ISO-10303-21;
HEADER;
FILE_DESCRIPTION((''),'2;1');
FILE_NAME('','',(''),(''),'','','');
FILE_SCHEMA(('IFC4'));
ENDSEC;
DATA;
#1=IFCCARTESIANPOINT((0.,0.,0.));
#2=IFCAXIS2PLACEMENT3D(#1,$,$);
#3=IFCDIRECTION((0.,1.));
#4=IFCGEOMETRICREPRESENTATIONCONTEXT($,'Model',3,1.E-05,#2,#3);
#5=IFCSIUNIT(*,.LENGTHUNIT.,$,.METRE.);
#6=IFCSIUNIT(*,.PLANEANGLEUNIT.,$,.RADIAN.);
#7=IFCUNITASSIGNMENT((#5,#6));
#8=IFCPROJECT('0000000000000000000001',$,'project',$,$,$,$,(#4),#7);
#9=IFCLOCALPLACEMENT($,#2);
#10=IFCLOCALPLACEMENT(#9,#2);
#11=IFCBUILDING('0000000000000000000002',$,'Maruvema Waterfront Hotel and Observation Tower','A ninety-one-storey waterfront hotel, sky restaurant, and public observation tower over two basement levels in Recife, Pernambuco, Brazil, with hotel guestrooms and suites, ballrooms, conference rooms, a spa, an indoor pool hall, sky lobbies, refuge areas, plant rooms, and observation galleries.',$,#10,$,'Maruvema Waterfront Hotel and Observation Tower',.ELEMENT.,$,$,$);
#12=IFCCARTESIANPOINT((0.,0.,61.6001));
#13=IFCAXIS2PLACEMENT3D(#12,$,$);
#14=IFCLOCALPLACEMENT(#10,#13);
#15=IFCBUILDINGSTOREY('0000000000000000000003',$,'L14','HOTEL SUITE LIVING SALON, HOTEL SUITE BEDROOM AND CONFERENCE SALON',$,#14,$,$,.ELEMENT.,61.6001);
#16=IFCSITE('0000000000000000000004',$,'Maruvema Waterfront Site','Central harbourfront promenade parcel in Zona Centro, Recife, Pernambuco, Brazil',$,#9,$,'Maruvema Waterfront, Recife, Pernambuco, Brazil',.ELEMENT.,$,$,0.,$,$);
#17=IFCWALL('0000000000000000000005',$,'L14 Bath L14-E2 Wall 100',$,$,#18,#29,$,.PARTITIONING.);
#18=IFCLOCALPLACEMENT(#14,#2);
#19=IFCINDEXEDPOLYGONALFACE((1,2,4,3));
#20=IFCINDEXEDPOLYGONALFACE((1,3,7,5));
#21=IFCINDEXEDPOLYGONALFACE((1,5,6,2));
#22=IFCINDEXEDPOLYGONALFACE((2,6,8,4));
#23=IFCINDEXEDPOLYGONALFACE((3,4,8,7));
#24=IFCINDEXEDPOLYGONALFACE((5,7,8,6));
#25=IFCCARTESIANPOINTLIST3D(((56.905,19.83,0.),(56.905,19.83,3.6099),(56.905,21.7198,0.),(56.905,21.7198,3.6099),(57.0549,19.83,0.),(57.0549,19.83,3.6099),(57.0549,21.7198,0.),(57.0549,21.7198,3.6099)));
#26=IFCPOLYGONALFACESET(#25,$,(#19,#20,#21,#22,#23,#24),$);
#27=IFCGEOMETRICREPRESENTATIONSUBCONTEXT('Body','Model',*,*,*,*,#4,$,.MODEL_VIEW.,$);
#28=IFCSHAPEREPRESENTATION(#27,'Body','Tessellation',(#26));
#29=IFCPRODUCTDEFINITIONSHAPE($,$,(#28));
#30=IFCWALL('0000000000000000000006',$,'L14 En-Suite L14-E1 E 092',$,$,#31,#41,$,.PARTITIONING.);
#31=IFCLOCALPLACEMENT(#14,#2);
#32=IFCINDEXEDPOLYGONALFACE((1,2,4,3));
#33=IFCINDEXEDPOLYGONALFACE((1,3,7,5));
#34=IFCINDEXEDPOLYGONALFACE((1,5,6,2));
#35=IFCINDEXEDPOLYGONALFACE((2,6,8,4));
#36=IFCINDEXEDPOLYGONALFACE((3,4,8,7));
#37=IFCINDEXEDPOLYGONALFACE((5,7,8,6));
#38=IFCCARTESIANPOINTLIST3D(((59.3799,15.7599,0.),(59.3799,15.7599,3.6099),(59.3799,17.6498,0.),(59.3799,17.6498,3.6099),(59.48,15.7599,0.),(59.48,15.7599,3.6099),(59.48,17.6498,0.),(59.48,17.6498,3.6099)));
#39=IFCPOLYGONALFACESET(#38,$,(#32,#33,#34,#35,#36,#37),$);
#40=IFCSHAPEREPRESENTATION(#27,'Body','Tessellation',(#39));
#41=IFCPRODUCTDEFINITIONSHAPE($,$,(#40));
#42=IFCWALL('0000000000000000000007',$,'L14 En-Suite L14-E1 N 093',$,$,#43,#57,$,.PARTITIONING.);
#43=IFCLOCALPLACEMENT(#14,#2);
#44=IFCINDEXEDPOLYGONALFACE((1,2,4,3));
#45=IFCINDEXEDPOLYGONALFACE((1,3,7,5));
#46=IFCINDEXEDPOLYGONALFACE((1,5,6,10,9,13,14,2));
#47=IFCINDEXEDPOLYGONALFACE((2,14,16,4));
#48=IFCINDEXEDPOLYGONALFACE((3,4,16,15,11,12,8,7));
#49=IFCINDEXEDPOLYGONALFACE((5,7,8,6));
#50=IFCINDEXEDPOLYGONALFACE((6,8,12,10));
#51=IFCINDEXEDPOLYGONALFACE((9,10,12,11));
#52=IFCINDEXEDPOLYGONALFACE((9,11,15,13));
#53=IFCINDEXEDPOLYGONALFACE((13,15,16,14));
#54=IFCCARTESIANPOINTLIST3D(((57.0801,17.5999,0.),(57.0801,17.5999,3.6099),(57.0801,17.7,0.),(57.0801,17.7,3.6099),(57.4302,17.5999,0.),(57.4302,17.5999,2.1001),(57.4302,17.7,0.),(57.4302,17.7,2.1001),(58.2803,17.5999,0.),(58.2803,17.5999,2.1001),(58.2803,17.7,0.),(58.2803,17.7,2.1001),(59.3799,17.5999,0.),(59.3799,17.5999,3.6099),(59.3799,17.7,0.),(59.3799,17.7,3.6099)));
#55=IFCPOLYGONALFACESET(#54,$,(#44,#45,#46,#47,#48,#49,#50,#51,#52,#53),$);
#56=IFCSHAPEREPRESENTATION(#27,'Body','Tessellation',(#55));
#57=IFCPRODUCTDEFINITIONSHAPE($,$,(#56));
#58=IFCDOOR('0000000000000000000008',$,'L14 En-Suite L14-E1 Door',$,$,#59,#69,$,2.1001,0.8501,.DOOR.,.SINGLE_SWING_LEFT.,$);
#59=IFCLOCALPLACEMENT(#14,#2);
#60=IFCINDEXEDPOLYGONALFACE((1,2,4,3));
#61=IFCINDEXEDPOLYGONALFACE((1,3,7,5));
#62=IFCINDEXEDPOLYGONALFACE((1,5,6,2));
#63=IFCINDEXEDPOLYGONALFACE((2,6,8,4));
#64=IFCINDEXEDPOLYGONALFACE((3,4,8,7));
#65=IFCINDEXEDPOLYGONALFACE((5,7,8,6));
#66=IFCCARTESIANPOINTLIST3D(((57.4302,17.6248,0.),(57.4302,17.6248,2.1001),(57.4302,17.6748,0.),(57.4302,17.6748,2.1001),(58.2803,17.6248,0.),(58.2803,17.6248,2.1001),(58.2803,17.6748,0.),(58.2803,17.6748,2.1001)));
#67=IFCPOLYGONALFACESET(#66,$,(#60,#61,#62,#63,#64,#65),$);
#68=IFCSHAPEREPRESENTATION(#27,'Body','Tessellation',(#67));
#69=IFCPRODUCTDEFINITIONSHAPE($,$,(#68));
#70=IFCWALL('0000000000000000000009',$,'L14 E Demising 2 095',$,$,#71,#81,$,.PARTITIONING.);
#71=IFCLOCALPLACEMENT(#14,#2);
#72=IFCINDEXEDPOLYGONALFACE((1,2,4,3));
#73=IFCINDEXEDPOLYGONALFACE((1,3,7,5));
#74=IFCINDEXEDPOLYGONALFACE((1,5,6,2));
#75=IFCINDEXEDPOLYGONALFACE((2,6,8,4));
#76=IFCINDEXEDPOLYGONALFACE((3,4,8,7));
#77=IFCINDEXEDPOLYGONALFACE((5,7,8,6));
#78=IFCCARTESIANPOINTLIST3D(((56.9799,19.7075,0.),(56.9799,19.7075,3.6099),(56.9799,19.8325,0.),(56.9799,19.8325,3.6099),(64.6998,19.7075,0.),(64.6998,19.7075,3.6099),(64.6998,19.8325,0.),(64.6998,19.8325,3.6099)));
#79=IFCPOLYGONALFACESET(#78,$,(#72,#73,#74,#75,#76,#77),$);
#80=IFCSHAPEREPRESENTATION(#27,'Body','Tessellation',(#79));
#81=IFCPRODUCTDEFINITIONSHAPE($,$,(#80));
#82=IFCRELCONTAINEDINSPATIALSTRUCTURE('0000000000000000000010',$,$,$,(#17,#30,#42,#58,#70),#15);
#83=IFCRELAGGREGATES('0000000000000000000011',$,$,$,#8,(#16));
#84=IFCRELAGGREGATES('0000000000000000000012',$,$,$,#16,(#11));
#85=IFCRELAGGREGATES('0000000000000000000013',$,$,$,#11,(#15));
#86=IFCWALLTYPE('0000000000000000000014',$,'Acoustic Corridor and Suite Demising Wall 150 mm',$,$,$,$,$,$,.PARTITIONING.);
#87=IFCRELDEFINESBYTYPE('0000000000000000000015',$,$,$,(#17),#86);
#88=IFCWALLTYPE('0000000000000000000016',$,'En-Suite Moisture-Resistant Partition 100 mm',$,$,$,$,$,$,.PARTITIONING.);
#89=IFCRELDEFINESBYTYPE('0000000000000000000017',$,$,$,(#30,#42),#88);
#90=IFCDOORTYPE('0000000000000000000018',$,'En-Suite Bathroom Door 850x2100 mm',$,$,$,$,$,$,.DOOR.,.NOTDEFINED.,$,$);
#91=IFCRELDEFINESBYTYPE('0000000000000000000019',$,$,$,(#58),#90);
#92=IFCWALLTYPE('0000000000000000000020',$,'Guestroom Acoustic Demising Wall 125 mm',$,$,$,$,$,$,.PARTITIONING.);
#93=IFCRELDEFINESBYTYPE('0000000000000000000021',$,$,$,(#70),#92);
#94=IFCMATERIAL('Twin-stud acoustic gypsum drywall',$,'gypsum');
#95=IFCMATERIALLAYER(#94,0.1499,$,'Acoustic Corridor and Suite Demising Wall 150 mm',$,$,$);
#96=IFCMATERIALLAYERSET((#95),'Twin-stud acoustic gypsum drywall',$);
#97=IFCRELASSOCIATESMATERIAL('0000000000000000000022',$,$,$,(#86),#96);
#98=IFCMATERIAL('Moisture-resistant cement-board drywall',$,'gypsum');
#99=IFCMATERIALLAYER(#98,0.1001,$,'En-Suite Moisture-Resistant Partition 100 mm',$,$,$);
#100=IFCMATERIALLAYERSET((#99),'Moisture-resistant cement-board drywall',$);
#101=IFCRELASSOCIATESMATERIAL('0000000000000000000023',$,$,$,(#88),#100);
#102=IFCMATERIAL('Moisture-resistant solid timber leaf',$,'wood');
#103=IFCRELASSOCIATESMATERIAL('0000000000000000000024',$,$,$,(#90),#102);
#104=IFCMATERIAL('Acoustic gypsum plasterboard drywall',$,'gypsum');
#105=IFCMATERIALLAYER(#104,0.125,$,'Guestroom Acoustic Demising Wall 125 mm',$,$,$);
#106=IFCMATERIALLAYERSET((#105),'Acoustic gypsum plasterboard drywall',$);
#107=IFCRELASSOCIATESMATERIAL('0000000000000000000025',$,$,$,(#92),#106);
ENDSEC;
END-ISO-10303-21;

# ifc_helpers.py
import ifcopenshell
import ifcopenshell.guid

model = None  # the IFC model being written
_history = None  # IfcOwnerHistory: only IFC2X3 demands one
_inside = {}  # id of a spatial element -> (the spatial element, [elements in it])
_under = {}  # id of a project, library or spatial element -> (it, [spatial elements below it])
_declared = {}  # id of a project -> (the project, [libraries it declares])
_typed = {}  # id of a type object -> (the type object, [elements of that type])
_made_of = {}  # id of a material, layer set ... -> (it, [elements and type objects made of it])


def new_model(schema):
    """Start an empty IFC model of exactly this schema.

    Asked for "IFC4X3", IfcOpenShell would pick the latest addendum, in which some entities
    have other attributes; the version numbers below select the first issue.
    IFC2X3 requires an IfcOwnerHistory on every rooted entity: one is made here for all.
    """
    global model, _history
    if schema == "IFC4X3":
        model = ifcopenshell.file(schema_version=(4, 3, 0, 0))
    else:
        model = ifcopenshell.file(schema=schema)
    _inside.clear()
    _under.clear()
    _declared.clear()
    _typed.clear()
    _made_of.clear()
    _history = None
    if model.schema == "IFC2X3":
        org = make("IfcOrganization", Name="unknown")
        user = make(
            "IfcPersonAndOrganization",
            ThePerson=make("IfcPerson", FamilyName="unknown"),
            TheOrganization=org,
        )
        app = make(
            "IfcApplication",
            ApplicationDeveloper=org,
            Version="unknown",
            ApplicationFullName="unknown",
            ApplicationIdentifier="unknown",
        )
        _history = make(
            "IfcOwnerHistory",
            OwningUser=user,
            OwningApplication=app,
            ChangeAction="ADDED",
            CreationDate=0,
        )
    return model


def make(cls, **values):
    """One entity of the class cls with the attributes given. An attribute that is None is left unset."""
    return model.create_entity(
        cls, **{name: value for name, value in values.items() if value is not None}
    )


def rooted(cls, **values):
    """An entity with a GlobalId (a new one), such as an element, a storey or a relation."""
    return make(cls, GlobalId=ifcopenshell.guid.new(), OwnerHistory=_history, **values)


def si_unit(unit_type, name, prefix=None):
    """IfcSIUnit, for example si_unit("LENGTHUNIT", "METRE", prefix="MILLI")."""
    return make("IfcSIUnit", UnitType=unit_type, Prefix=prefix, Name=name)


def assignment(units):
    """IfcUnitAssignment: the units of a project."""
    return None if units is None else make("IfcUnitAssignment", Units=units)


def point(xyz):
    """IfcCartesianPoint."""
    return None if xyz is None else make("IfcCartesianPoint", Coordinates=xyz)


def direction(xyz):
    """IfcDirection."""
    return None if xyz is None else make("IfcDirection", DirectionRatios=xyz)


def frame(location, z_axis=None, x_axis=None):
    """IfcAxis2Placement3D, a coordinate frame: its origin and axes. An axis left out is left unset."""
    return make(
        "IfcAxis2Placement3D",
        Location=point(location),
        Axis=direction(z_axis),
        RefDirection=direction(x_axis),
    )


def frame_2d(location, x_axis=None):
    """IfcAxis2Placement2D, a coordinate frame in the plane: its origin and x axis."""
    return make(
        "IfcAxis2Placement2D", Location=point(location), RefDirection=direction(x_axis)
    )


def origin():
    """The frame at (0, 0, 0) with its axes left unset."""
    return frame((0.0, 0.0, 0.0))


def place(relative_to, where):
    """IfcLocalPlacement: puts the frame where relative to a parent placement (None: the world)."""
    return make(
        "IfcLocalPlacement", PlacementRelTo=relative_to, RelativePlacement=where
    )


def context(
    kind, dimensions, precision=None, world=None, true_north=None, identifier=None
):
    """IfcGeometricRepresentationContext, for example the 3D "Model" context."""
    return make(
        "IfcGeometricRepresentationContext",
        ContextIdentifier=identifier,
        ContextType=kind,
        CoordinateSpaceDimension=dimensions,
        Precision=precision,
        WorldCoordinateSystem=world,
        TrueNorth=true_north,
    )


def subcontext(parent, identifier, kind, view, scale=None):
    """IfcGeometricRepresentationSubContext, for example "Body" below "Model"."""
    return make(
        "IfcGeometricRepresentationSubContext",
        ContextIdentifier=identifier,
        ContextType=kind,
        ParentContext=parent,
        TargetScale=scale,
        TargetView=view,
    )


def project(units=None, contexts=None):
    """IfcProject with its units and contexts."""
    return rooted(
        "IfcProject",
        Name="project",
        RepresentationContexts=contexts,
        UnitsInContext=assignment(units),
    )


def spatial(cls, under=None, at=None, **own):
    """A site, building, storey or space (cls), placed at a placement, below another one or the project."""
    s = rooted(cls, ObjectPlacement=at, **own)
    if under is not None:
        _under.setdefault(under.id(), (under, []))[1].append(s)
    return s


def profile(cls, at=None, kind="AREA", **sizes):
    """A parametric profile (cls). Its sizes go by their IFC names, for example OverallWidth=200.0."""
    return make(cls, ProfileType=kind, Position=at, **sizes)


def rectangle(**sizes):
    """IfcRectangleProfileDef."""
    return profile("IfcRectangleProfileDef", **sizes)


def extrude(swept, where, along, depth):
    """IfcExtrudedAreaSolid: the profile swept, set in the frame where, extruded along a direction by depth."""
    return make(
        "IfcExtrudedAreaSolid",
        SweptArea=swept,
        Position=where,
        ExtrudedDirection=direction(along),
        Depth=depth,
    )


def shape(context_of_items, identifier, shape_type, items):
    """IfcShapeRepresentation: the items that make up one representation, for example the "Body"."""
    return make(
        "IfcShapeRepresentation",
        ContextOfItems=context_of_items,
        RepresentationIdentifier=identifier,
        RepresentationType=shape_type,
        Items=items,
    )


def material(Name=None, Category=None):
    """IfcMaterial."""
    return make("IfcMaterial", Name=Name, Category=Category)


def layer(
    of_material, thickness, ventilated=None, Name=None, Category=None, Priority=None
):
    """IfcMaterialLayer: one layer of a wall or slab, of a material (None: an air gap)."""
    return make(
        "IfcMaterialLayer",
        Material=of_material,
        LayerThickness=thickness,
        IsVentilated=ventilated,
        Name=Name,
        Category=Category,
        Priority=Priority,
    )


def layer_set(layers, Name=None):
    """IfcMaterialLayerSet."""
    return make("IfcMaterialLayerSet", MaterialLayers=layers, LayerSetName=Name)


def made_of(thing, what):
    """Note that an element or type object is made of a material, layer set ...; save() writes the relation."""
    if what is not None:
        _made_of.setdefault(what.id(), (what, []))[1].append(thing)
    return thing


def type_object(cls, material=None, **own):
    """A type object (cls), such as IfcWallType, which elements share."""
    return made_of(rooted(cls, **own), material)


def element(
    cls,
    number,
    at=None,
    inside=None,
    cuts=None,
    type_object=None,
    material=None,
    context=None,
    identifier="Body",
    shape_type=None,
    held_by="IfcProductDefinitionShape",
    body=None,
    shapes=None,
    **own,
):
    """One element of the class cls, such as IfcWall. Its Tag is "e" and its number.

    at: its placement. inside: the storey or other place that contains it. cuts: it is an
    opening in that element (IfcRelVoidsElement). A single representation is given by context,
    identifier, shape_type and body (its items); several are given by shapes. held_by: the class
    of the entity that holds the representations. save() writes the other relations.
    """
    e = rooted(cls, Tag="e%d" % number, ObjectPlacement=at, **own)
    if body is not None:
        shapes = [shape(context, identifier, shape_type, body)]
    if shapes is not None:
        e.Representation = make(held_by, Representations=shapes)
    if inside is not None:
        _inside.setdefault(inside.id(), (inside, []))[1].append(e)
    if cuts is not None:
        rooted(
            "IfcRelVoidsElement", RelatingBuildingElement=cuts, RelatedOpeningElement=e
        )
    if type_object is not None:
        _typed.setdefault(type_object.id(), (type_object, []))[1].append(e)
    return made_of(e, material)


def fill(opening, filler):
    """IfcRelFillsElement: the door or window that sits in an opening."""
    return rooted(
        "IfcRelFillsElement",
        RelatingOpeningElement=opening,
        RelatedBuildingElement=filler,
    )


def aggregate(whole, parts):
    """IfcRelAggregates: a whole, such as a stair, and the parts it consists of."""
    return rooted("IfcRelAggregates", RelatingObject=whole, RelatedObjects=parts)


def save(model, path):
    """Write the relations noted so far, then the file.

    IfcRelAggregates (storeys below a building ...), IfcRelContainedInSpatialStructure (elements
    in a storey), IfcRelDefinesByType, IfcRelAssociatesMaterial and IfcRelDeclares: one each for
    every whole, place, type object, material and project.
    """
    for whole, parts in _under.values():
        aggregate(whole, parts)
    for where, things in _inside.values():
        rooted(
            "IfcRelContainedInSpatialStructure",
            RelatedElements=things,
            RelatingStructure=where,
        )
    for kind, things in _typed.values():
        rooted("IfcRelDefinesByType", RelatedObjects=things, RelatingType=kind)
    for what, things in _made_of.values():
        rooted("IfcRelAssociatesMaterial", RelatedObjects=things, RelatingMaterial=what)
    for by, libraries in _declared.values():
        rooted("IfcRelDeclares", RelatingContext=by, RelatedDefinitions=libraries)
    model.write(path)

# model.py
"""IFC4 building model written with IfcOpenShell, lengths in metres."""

from ifc_helpers import new_model, si_unit, direction, frame, frame_2d, origin, place, context, subcontext, project, spatial, rectangle, extrude, material, layer, layer_set, type_object, element, fill, save


model = new_model("IFC4")

# Units and contexts
model_context = context("Model", 3, precision=1e-05, world=origin(), true_north=direction((0.0, 1.0)))
body_context = subcontext(model_context, "Body", "Model", "MODEL_VIEW")
ifc_project = project(units=[si_unit("LENGTHUNIT", "METRE"), si_unit("PLANEANGLEUNIT", "RADIAN")], contexts=[model_context])

# Site, building, storey
site_placement = place(None, origin())
site = spatial("IfcSite", under=ifc_project, at=site_placement, Name="Maruvema Waterfront Site", Description="Central harbourfront promenade parcel in Zona Centro, Recife, Pernambuco, Brazil", LongName="Maruvema Waterfront, Recife, Pernambuco, Brazil", CompositionType="ELEMENT", RefElevation=0.0)
building_placement = place(site_placement, origin())
building = spatial("IfcBuilding", under=site, at=building_placement, Name="Maruvema Waterfront Hotel and Observation Tower", Description="A ninety-one-storey waterfront hotel, sky restaurant, and public observation tower over two basement levels in Recife, Pernambuco, Brazil, with hotel guestrooms and suites, ballrooms, conference rooms, a spa, an indoor pool hall, sky lobbies, refuge areas, plant rooms, and observation galleries.", LongName="Maruvema Waterfront Hotel and Observation Tower", CompositionType="ELEMENT")
storey_placement = place(building_placement, frame((0.0, 0.0, 61.6001)))
storey = spatial("IfcBuildingStorey", under=building, at=storey_placement, Name="L14", Description="HOTEL SUITE LIVING SALON, HOTEL SUITE BEDROOM AND CONFERENCE SALON", CompositionType="ELEMENT", Elevation=61.6001)

# Shared definitions
ifc_material_1 = material(Name="Twin-stud acoustic gypsum drywall", Category="gypsum")
ifc_layer_1 = layer(ifc_material_1, 0.1499, Name="Acoustic Corridor and Suite Demising Wall 150 mm")
ifc_layer_set_1 = layer_set([ifc_layer_1], Name="Twin-stud acoustic gypsum drywall")
wall_type_1 = type_object("IfcWallType", Name="Acoustic Corridor and Suite Demising Wall 150 mm", PredefinedType="PARTITIONING", material=ifc_layer_set_1)

# Walls
wall_1_placement = place(storey_placement, frame((56.98, 19.8301, 0.0), z_axis=(0.0, 0.0, 1.0), x_axis=(0.0, 1.0, 0.0)))
element("IfcWall", 1, at=wall_1_placement, inside=storey, type_object=wall_type_1, Name="L14 Bath L14-E2 Wall 100", PredefinedType="PARTITIONING", context=body_context, shape_type="SweptSolid", body=[
    extrude(rectangle(XDim=1.8899, YDim=0.1499, at=frame_2d((0.9448, 0.0))), origin(), (0.0, 0.0, 1.0), 3.6099),
])
ifc_material_2 = material(Name="Moisture-resistant cement-board drywall", Category="gypsum")
ifc_layer_2 = layer(ifc_material_2, 0.1001, Name="En-Suite Moisture-Resistant Partition 100 mm")
ifc_layer_set_2 = layer_set([ifc_layer_2], Name="Moisture-resistant cement-board drywall")
wall_type_2 = type_object("IfcWallType", Name="En-Suite Moisture-Resistant Partition 100 mm", PredefinedType="PARTITIONING", material=ifc_layer_set_2)
wall_2_placement = place(storey_placement, frame((59.4299, 15.76, 0.0), z_axis=(0.0, 0.0, 1.0), x_axis=(0.0, 1.0, 0.0)))
element("IfcWall", 2, at=wall_2_placement, inside=storey, type_object=wall_type_2, Name="L14 En-Suite L14-E1 E 092", PredefinedType="PARTITIONING", context=body_context, shape_type="SweptSolid", body=[
    extrude(rectangle(XDim=1.8899, YDim=0.1001, at=frame_2d((0.9448, 0.0))), origin(), (0.0, 0.0, 1.0), 3.6099),
])

# Wall, opening, door
wall_3_placement = place(storey_placement, frame((57.0801, 17.6499, 0.0), z_axis=(0.0, 0.0, 1.0), x_axis=(1.0, 0.0, 0.0)))
wall_3 = element("IfcWall", 3, at=wall_3_placement, inside=storey, type_object=wall_type_2, Name="L14 En-Suite L14-E1 N 093", PredefinedType="PARTITIONING", context=body_context, shape_type="SweptSolid", body=[
    extrude(rectangle(XDim=2.2998, YDim=0.1001, at=frame_2d((1.1499, 0.0))), origin(), (0.0, 0.0, 1.0), 3.6099),
])
opening_1_placement = place(wall_3_placement, frame((0.3501, 0.0, 0.0)))
opening_1 = element("IfcOpeningElement", 4, at=opening_1_placement, cuts=wall_3, PredefinedType="OPENING", context=body_context, shape_type="SweptSolid", body=[
    extrude(rectangle(XDim=0.8501, YDim=2.1001, at=frame_2d((0.425, 1.05))), frame((0.0, 0.0601, 0.0), z_axis=(0.0, -1.0, 0.0), x_axis=(1.0, 0.0, 0.0)), (0.0, 0.0, 1.0), 0.1201),
])
ifc_material_3 = material(Name="Moisture-resistant solid timber leaf", Category="wood")
door_type_1 = type_object("IfcDoorType", Name="En-Suite Bathroom Door 850x2100 mm", OperationType="NOTDEFINED", PredefinedType="DOOR", material=ifc_material_3)
door_1_placement = place(opening_1_placement, origin())
door_1 = element("IfcDoor", 5, at=door_1_placement, inside=storey, type_object=door_type_1, Name="L14 En-Suite L14-E1 Door", OperationType="SINGLE_SWING_LEFT", OverallHeight=2.1001, OverallWidth=0.8501, PredefinedType="DOOR", context=body_context, shape_type="SweptSolid", body=[
    extrude(rectangle(XDim=0.8501, YDim=2.1001, at=frame_2d((0.425, 1.05))), frame((0.0, 0.0249, 0.0), z_axis=(0.0, -1.0, 0.0), x_axis=(1.0, 0.0, 0.0)), (0.0, 0.0, 1.0), 0.05),
])
fill(opening_1, door_1)

# Wall
ifc_material_4 = material(Name="Acoustic gypsum plasterboard drywall", Category="gypsum")
ifc_layer_3 = layer(ifc_material_4, 0.125, Name="Guestroom Acoustic Demising Wall 125 mm")
ifc_layer_set_3 = layer_set([ifc_layer_3], Name="Acoustic gypsum plasterboard drywall")
wall_type_3 = type_object("IfcWallType", Name="Guestroom Acoustic Demising Wall 125 mm", PredefinedType="PARTITIONING", material=ifc_layer_set_3)
wall_4_placement = place(storey_placement, frame((56.98, 19.77, 0.0), z_axis=(0.0, 0.0, 1.0), x_axis=(1.0, 0.0, 0.0)))
element("IfcWall", 6, at=wall_4_placement, inside=storey, type_object=wall_type_3, Name="L14 E Demising 2 095", PredefinedType="PARTITIONING", context=body_context, shape_type="SweptSolid", body=[
    extrude(rectangle(XDim=7.72, YDim=0.125, at=frame_2d((3.8599, 0.0))), origin(), (0.0, 0.0, 1.0), 3.6099),
])

save(model, "model.ifc")
